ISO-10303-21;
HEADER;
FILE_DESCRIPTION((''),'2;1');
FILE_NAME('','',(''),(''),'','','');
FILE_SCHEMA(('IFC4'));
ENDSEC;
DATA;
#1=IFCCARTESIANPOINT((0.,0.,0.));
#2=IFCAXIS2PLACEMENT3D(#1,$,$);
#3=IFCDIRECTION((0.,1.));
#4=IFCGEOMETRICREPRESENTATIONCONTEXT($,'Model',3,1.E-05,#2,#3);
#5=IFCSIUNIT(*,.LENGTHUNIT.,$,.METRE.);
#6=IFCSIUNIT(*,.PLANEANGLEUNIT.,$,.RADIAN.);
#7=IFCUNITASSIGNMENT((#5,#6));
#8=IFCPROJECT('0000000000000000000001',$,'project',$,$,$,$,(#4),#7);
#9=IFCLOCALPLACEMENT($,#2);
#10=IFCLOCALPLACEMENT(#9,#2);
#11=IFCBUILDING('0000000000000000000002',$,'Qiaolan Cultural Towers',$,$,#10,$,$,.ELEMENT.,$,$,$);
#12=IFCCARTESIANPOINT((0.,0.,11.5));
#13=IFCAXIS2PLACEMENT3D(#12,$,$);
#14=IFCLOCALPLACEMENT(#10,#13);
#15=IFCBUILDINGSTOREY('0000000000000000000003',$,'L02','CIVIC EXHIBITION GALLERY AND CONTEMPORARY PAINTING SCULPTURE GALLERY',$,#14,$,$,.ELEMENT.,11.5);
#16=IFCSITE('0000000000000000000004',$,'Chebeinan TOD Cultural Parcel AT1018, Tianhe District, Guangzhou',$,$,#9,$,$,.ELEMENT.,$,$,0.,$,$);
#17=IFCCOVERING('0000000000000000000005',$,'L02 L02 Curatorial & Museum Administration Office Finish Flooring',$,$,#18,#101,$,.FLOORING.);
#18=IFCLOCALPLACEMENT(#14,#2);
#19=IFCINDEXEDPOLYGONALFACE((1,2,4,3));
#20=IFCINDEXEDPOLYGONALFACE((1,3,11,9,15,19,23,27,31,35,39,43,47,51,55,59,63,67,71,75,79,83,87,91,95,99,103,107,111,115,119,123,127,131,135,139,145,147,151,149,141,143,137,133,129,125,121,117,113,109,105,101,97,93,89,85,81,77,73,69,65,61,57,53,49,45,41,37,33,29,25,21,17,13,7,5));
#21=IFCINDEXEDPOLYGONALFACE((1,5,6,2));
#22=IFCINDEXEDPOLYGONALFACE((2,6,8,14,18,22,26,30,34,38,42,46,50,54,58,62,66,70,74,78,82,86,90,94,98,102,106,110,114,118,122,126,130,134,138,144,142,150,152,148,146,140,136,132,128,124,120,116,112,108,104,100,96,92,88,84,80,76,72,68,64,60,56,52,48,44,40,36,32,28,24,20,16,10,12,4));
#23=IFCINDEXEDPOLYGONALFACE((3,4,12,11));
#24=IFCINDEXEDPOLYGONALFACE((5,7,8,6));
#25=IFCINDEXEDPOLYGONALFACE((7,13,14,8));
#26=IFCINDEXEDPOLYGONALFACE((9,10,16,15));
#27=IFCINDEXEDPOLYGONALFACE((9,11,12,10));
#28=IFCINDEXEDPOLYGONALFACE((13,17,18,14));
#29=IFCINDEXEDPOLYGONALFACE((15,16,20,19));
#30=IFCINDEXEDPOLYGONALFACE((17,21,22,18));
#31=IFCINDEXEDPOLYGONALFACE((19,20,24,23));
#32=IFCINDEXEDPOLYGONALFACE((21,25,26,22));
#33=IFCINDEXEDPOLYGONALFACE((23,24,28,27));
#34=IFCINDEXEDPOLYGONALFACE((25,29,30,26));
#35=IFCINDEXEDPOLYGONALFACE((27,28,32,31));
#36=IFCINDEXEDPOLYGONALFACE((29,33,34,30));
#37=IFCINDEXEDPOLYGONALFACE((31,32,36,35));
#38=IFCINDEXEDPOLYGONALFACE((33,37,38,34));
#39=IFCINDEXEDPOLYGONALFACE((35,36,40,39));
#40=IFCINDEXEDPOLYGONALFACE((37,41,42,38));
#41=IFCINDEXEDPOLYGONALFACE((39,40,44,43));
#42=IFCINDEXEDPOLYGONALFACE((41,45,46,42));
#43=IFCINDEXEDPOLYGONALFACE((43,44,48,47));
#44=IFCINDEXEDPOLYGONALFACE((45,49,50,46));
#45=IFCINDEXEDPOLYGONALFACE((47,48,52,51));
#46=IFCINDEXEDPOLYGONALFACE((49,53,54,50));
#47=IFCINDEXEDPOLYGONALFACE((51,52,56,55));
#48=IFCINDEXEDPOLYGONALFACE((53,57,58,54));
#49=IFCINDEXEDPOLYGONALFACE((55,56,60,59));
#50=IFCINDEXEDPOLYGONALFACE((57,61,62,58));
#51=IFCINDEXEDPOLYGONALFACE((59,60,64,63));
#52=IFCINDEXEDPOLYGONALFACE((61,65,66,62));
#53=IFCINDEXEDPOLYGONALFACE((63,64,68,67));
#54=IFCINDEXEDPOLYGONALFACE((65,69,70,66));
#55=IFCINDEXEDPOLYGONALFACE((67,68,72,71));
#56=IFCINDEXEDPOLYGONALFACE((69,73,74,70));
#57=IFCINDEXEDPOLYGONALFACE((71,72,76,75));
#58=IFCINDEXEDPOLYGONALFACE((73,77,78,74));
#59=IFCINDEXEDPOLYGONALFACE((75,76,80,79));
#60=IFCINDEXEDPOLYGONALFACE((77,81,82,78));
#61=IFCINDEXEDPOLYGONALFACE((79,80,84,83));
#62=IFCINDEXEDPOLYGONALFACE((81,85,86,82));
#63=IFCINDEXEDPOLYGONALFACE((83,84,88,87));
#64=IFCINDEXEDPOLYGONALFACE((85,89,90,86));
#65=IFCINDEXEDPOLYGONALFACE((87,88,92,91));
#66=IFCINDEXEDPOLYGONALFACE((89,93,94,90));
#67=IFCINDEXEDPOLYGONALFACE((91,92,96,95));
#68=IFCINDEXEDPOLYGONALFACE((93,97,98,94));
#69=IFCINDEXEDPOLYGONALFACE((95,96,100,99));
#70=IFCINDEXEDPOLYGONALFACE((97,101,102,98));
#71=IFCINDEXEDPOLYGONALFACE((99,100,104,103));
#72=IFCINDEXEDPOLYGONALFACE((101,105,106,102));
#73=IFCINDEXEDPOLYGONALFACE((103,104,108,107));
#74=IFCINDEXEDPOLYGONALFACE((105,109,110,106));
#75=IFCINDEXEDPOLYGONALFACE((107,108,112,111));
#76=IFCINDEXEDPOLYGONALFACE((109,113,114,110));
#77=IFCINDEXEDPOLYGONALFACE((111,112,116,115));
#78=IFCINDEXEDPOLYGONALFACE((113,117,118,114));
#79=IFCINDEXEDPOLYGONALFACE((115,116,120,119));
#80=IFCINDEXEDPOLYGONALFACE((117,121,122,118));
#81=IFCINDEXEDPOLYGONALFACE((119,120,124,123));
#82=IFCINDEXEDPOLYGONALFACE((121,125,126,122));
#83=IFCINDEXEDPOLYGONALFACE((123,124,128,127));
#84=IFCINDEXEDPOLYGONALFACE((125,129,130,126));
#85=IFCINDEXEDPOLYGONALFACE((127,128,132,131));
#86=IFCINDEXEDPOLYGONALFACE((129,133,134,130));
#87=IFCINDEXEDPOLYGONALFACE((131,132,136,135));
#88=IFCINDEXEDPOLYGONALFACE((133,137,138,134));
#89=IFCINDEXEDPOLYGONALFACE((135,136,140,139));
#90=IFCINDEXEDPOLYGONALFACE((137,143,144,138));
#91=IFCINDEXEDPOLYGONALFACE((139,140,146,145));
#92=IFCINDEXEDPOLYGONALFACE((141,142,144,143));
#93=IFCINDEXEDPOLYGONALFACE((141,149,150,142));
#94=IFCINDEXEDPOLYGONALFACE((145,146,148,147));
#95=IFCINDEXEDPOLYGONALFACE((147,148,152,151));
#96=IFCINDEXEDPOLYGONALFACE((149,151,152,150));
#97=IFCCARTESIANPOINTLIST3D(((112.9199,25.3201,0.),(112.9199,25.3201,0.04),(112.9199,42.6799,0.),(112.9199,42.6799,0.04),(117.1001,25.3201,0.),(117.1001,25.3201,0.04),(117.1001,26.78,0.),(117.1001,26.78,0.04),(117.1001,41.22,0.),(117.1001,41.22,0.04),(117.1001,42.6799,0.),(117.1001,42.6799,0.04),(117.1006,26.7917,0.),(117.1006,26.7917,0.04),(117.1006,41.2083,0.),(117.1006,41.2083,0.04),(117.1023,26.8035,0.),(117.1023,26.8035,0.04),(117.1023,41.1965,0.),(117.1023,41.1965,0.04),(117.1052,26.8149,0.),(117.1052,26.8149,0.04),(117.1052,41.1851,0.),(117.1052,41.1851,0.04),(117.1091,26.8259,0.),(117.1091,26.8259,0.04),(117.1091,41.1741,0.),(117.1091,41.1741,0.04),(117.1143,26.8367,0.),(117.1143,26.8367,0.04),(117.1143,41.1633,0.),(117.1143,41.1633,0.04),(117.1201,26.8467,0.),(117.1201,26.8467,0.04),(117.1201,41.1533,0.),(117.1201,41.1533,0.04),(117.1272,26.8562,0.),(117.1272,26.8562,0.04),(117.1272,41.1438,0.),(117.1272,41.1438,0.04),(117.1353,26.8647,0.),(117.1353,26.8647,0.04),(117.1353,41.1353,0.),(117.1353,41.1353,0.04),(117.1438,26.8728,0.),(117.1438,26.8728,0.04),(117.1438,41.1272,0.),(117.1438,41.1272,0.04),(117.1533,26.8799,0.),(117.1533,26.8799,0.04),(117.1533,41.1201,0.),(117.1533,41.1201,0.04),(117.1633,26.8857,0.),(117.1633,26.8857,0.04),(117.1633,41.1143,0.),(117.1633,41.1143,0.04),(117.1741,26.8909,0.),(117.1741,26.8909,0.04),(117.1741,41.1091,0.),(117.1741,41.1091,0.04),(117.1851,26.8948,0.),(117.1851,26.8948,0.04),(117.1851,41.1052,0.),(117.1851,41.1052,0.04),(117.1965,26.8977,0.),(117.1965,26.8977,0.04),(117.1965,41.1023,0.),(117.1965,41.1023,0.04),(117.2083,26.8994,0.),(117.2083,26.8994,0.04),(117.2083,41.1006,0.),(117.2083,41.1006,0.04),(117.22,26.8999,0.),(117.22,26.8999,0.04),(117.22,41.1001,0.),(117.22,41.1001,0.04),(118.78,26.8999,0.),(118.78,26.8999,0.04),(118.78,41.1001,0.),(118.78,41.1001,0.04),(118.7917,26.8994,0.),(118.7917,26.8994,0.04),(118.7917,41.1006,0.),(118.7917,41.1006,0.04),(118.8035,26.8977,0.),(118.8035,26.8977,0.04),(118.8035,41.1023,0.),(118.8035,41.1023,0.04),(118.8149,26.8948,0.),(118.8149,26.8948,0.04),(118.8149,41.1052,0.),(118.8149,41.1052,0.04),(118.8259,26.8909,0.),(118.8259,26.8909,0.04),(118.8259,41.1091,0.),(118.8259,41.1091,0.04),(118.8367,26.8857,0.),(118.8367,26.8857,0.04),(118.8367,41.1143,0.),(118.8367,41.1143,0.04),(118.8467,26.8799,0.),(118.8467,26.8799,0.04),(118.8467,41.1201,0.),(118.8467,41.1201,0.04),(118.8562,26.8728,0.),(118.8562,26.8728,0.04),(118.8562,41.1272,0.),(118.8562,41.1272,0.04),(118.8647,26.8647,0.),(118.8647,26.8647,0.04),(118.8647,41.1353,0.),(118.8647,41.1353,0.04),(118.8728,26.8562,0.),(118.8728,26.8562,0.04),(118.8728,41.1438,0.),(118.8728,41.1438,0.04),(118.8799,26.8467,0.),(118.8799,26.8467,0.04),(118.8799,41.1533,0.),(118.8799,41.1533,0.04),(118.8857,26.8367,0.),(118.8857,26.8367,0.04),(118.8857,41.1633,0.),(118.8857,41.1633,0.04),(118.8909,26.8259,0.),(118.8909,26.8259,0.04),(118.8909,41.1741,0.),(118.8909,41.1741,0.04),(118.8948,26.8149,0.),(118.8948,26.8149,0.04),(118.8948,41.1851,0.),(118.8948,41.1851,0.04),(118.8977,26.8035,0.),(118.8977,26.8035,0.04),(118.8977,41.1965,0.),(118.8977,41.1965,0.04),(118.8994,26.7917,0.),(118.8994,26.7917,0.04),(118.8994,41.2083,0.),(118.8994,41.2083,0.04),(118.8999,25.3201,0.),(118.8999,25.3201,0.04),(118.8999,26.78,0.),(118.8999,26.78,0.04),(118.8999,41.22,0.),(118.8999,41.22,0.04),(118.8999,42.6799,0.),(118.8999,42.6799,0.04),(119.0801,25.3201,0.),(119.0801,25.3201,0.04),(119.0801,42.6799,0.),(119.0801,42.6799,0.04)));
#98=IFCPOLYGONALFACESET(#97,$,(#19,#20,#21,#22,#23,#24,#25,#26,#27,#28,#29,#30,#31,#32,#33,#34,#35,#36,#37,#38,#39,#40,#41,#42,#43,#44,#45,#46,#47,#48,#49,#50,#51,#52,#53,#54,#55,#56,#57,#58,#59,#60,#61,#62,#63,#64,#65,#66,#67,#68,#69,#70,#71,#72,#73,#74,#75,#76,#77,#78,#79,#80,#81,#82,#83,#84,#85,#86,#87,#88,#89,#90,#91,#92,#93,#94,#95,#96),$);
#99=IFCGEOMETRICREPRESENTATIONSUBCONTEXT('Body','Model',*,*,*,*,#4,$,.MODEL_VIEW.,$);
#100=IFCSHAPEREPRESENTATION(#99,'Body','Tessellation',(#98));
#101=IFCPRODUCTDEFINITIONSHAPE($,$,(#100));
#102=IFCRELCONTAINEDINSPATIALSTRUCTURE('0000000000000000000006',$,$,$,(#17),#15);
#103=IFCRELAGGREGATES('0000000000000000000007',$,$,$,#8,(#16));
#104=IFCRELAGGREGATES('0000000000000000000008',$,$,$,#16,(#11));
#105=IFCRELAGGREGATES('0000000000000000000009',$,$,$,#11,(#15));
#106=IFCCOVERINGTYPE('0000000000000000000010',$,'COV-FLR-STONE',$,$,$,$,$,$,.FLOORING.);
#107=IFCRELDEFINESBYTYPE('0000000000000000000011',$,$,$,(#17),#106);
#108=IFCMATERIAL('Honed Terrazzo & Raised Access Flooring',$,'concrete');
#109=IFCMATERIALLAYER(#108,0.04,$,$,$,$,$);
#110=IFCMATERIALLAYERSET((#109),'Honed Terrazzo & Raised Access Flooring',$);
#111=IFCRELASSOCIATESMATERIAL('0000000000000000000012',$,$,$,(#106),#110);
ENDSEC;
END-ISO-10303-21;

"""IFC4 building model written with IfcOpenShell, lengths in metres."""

from ifc_helpers import new_model, si_unit, direction, frame, origin, place, context, subcontext, project, spatial, polyline, outline, extrude, material, layer, layer_set, type_object, element, save


model = new_model("IFC4")

# Units and contexts
model_context = context("Model", 3, precision=1e-05, world=origin(), true_north=direction((0.0, 1.0)))
body_context = subcontext(model_context, "Body", "Model", "MODEL_VIEW")
ifc_project = project(units=[si_unit("LENGTHUNIT", "METRE"), si_unit("PLANEANGLEUNIT", "RADIAN")], contexts=[model_context])

# Site, building, storey
site_placement = place(None, origin())
site = spatial("IfcSite", under=ifc_project, at=site_placement, Name="Chebeinan TOD Cultural Parcel AT1018, Tianhe District, Guangzhou", CompositionType="ELEMENT", RefElevation=0.0)
building_placement = place(site_placement, origin())
building = spatial("IfcBuilding", under=site, at=building_placement, Name="Qiaolan Cultural Towers", CompositionType="ELEMENT")
storey_placement = place(building_placement, frame((0.0, 0.0, 11.5)))
storey = spatial("IfcBuildingStorey", under=building, at=storey_placement, Name="L02", Description="CIVIC EXHIBITION GALLERY AND CONTEMPORARY PAINTING SCULPTURE GALLERY", CompositionType="ELEMENT", Elevation=11.5)

# Covering
ifc_material_1 = material(Name="Honed Terrazzo & Raised Access Flooring", Category="concrete")
ifc_layer_1 = layer(ifc_material_1, 0.04)
ifc_layer_set_1 = layer_set([ifc_layer_1], Name="Honed Terrazzo & Raised Access Flooring")
covering_type = type_object("IfcCoveringType", Name="COV-FLR-STONE", PredefinedType="FLOORING", material=ifc_layer_set_1)
covering_1_placement = place(storey_placement, origin())
element("IfcCovering", 1, at=covering_1_placement, inside=storey, type_object=covering_type, Name="L02 L02 Curatorial & Museum Administration Office Finish Flooring", PredefinedType="FLOORING", context=body_context, shape_type="SweptSolid", body=[
    extrude(outline(polyline([(117.1001, 26.78), (117.1006, 26.7917), (117.1023, 26.8035), (117.1052, 26.8149), (117.1091, 26.8259), (117.1143, 26.8367), (117.1201, 26.8467), (117.1272, 26.8562), (117.1353, 26.8647), (117.1438, 26.8728), (117.1533, 26.8799), (117.1633, 26.8857), (117.1741, 26.8909), (117.1851, 26.8948), (117.1965, 26.8977), (117.2083, 26.8994), (117.22, 26.8999), (118.78, 26.8999), (118.7917, 26.8994), (118.8035, 26.8977), (118.8149, 26.8948), (118.8259, 26.8909), (118.8367, 26.8857), (118.8467, 26.8799), (118.8562, 26.8728), (118.8647, 26.8647), (118.8728, 26.8562), (118.8799, 26.8467), (118.8857, 26.8367), (118.8909, 26.8259), (118.8948, 26.8149), (118.8977, 26.8035), (118.8994, 26.7917), (118.8999, 26.78), (118.8999, 25.3201), (119.0801, 25.3201), (119.0801, 42.6799), (118.8999, 42.6799), (118.8999, 41.22), (118.8994, 41.2083), (118.8977, 41.1965), (118.8948, 41.1851), (118.8909, 41.1741), (118.8857, 41.1633), (118.8799, 41.1533), (118.8728, 41.1438), (118.8647, 41.1353), (118.8562, 41.1272), (118.8467, 41.1201), (118.8367, 41.1143), (118.8259, 41.1091), (118.8149, 41.1052), (118.8035, 41.1023), (118.7917, 41.1006), (118.78, 41.1001), (117.22, 41.1001), (117.2083, 41.1006), (117.1965, 41.1023), (117.1851, 41.1052), (117.1741, 41.1091), (117.1633, 41.1143), (117.1533, 41.1201), (117.1438, 41.1272), (117.1353, 41.1353), (117.1272, 41.1438), (117.1201, 41.1533), (117.1143, 41.1633), (117.1091, 41.1741), (117.1052, 41.1851), (117.1023, 41.1965), (117.1006, 41.2083), (117.1001, 41.22), (117.1001, 42.6799), (112.9199, 42.6799), (112.9199, 25.3201), (117.1001, 25.3201), (117.1001, 26.78)])), origin(), (0.0, 0.0, 1.0), 0.04),
])

save(model, "model.ifc")
